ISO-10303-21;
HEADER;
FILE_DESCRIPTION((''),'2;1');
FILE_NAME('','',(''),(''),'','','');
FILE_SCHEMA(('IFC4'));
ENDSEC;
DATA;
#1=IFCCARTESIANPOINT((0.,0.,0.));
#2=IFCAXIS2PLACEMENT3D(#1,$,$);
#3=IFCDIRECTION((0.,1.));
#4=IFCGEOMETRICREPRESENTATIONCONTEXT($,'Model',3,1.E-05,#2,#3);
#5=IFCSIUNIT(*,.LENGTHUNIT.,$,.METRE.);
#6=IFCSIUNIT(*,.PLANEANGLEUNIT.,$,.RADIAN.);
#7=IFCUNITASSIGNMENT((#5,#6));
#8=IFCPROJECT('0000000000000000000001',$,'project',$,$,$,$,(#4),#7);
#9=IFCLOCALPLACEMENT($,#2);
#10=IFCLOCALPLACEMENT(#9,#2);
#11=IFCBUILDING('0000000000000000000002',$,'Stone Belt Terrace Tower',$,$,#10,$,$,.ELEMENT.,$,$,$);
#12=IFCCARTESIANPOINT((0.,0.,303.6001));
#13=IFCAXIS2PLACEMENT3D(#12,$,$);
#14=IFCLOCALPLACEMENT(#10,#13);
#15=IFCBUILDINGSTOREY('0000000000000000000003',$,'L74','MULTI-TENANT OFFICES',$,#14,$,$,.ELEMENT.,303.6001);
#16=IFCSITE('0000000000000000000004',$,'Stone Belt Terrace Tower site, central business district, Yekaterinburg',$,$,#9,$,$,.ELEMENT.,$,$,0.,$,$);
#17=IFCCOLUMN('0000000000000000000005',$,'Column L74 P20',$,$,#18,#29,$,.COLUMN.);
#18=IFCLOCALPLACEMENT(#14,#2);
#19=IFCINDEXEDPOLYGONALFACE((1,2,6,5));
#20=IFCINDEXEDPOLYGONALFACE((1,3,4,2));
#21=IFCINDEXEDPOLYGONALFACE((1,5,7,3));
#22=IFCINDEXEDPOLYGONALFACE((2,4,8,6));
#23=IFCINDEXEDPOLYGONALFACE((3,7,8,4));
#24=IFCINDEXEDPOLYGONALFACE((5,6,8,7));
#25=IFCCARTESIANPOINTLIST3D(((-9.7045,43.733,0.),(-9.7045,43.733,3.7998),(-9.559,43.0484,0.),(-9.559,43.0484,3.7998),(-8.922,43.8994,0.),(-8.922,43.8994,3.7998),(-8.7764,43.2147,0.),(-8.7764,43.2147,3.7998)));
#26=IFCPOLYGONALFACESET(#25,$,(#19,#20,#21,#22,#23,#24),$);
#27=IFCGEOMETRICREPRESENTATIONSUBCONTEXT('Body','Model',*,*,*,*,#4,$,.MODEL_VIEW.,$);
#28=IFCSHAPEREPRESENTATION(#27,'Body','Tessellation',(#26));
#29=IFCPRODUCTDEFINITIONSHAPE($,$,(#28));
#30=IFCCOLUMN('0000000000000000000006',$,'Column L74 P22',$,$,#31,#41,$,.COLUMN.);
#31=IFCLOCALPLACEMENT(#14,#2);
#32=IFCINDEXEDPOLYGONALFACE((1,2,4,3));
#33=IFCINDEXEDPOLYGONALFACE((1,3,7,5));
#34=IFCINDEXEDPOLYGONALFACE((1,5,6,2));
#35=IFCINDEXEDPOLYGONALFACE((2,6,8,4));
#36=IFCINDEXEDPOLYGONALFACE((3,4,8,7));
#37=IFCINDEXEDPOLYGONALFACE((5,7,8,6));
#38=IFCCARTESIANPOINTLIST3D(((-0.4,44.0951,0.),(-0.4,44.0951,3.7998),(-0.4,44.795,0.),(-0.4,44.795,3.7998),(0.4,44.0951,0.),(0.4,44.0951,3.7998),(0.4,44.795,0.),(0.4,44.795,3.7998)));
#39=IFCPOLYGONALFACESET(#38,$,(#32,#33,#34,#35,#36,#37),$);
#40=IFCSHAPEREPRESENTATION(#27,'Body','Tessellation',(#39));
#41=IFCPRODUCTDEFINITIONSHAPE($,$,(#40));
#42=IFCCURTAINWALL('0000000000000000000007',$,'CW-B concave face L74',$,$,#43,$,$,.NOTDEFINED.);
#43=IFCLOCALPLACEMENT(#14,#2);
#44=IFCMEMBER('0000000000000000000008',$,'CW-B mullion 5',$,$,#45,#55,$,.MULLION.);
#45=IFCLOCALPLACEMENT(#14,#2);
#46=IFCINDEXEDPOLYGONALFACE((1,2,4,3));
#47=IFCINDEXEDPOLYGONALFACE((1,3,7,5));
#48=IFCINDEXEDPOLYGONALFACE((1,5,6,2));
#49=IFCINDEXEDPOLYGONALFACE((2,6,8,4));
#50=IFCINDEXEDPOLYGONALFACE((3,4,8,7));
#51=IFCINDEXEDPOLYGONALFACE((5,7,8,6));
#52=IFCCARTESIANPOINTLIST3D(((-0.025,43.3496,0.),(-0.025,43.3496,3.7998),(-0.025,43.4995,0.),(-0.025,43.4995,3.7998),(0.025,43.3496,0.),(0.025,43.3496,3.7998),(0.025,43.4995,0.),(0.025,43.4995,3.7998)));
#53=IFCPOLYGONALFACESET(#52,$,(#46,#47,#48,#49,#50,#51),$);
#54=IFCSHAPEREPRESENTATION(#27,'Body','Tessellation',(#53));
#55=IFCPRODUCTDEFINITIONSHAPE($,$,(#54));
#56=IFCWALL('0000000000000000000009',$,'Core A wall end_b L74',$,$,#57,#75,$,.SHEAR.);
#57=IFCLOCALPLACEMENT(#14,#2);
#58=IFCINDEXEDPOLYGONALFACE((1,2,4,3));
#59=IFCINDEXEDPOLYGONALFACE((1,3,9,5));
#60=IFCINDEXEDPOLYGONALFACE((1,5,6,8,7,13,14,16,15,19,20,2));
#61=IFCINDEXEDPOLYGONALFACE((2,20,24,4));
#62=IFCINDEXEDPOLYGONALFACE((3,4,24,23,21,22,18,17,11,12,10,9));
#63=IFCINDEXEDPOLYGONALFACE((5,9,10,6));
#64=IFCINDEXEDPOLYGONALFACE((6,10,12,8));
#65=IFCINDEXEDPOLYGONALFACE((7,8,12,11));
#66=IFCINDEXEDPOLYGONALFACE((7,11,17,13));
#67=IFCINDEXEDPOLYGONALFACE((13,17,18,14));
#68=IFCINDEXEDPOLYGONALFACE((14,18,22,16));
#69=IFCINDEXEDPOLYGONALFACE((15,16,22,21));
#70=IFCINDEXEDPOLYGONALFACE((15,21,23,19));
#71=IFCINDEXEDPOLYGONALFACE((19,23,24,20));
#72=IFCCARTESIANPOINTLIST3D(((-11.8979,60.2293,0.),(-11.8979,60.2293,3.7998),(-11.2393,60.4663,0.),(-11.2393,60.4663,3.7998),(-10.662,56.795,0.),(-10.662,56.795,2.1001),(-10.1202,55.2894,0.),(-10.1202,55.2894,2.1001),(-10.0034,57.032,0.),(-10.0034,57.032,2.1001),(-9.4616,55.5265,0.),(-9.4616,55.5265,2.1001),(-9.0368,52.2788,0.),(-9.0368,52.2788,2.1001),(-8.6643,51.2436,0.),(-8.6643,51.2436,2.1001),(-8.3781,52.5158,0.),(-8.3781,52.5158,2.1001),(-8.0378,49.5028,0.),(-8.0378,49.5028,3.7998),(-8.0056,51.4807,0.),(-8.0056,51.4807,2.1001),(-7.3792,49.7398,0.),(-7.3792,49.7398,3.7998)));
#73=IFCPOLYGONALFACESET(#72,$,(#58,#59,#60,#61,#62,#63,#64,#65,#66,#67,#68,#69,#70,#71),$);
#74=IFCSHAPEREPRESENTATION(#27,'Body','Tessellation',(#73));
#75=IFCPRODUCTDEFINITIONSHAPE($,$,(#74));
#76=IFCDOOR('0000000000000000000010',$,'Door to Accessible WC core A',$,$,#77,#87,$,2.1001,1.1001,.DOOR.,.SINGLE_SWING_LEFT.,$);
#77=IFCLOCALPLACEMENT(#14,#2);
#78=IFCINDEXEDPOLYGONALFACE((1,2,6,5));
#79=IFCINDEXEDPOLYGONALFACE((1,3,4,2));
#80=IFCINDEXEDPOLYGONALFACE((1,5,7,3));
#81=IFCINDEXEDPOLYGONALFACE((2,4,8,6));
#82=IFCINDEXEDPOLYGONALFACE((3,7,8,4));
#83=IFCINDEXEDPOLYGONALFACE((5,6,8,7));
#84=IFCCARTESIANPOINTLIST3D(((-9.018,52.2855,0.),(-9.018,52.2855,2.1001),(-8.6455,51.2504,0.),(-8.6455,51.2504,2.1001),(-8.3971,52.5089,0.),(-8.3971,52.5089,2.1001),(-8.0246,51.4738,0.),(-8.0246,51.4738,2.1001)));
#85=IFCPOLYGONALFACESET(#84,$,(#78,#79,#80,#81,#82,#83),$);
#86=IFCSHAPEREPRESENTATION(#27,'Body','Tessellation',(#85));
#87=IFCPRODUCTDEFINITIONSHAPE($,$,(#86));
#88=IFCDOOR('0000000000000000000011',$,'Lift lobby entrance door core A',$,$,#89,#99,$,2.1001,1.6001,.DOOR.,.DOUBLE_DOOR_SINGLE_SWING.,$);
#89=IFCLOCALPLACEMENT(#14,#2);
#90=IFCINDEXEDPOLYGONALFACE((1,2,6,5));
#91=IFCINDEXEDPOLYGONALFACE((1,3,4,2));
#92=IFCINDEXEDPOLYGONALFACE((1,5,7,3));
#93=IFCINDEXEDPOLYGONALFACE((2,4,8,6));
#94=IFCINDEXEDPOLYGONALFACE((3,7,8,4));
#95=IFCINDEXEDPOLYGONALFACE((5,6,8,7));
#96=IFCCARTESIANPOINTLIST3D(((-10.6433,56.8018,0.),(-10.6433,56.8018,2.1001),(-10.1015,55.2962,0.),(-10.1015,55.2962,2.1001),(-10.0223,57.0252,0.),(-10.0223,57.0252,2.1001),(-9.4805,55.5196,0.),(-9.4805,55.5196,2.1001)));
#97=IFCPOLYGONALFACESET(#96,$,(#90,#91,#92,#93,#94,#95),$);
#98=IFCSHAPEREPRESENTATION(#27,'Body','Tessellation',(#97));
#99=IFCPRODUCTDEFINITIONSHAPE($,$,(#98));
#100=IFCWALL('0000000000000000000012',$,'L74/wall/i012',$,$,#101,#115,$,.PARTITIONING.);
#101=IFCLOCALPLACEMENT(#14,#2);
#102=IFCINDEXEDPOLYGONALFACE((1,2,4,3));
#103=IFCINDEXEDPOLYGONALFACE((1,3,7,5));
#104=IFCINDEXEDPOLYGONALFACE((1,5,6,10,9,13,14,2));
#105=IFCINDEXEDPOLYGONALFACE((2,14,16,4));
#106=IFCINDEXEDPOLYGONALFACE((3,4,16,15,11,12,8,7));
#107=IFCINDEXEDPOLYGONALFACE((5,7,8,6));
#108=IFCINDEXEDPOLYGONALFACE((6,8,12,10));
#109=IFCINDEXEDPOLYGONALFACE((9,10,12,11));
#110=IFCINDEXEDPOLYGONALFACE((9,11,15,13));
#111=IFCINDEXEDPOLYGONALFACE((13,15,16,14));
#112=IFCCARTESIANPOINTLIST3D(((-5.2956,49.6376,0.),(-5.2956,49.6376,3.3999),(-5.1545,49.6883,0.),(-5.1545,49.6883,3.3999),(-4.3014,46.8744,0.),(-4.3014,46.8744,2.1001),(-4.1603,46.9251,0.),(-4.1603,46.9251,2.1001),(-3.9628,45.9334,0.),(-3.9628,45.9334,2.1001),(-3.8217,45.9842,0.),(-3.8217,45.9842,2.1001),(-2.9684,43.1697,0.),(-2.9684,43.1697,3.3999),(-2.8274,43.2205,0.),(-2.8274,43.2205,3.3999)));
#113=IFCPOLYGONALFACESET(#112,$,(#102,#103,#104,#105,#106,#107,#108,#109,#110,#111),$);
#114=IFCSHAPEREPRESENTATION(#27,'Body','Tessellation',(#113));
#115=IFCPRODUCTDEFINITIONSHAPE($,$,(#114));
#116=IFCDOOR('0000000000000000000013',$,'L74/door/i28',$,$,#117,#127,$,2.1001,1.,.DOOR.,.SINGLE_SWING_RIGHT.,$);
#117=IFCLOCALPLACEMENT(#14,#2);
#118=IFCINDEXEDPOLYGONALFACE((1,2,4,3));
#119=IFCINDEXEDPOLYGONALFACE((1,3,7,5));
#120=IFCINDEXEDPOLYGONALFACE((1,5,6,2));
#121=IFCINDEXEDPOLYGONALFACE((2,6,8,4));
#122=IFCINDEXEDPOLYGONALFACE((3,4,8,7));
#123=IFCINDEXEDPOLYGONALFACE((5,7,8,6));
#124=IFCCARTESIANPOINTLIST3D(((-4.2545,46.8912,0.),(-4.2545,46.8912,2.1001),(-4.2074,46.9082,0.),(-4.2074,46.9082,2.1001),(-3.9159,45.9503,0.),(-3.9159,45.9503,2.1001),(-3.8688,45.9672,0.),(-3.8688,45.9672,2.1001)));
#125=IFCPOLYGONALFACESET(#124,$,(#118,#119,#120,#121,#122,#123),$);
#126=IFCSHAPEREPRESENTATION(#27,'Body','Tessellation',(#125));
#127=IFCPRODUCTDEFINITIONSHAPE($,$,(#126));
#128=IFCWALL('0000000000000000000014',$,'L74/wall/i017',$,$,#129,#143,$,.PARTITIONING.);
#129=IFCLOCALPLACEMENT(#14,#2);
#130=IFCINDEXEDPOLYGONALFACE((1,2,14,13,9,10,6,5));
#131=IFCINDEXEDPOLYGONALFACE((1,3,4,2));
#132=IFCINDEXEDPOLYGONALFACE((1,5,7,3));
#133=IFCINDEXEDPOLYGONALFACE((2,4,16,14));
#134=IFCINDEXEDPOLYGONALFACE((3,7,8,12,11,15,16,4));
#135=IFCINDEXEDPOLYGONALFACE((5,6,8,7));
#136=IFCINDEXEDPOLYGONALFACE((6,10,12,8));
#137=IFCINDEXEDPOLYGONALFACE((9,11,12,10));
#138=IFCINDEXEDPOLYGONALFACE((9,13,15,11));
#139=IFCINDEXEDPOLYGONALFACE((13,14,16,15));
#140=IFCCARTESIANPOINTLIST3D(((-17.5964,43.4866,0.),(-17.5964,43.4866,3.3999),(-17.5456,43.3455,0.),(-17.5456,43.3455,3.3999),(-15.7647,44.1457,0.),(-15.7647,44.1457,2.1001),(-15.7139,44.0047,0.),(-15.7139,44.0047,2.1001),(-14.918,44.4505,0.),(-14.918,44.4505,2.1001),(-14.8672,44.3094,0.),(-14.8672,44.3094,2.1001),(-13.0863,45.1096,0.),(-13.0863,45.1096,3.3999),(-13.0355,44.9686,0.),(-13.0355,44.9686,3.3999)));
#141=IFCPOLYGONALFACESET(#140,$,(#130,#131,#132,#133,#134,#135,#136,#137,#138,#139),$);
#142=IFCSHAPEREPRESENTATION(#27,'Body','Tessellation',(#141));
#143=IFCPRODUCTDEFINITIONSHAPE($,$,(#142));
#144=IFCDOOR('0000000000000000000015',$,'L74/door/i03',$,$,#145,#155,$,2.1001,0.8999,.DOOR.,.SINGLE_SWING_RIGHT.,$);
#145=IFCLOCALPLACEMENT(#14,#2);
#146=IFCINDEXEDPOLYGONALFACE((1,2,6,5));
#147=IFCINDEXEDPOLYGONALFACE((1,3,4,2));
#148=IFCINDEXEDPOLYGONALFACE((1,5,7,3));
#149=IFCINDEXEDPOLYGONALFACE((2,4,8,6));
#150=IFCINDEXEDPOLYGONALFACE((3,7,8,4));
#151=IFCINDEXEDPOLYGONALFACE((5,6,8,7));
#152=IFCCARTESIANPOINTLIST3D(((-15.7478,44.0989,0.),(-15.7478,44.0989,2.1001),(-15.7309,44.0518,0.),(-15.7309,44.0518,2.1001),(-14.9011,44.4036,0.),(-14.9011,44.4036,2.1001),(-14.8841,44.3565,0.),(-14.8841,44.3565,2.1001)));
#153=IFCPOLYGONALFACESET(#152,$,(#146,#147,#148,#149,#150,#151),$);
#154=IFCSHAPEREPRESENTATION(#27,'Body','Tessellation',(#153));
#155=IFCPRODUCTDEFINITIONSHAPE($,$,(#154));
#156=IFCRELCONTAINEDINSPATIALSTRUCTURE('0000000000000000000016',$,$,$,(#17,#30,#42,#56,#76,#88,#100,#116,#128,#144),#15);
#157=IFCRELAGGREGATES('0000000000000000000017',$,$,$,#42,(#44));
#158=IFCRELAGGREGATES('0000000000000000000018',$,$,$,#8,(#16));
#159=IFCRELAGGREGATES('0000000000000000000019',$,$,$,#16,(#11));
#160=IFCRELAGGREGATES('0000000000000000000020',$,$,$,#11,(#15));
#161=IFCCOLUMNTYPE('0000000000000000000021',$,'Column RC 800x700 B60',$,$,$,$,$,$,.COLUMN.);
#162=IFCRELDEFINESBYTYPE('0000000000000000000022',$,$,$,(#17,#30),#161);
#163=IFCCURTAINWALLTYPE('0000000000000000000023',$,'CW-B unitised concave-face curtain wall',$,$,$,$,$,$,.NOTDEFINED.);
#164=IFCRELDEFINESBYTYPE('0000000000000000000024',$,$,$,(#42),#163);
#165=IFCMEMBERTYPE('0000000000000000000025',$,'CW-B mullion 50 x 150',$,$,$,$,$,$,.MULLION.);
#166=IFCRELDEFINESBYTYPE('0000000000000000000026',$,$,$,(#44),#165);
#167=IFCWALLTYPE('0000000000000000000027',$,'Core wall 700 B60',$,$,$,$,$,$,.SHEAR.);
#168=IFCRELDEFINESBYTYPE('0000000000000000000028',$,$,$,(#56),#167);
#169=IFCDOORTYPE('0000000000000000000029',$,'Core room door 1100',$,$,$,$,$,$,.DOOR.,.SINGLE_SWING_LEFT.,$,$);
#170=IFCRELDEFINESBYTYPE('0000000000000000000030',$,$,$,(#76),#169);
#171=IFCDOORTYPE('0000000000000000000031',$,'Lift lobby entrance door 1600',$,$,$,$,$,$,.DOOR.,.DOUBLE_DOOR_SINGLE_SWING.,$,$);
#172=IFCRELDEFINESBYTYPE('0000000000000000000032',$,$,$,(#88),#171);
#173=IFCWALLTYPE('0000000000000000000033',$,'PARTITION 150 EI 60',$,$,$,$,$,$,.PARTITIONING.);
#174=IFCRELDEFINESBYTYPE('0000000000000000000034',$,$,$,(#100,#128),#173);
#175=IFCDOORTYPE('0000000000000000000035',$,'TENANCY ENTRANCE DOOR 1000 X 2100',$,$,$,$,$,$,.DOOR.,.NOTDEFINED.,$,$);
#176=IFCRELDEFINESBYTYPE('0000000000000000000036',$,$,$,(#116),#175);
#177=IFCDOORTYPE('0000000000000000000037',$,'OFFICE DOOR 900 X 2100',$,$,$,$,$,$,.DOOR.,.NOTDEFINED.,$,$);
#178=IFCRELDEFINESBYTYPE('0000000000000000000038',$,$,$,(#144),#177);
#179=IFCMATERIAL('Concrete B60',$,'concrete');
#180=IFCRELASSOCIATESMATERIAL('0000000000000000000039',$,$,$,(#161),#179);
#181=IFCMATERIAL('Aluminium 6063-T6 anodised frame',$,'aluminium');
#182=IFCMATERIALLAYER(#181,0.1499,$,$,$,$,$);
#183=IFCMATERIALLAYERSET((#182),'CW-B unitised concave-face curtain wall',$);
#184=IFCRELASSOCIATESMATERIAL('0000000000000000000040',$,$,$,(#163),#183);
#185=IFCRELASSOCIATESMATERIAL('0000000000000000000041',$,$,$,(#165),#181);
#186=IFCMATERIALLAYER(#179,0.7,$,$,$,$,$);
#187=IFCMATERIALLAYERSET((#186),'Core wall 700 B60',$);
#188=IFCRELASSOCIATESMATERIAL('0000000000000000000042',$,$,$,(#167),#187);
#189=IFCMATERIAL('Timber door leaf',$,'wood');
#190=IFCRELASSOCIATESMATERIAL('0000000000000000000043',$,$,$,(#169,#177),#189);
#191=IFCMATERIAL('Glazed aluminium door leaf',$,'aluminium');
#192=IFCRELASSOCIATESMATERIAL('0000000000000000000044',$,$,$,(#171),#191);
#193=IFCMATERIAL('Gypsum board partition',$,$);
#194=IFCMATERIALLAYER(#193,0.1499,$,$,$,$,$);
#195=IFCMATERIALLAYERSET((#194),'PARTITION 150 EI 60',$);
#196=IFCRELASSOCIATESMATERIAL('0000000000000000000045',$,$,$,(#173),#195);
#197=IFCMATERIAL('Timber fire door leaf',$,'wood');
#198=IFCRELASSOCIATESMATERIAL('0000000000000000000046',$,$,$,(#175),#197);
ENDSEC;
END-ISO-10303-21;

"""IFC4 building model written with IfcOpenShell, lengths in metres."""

from ifc_helpers import new_model, si_unit, direction, frame, frame_2d, origin, origin_2d, place, context, subcontext, project, spatial, rectangle, extrude, material, layer, layer_set, material_profile, profile_set, type_object, element, fill, aggregate, save


model = new_model("IFC4")

# Units and contexts
model_context = context("Model", 3, precision=1e-05, world=origin(), true_north=direction((0.0, 1.0)))
body_context = subcontext(model_context, "Body", "Model", "MODEL_VIEW")
ifc_project = project(units=[si_unit("LENGTHUNIT", "METRE"), si_unit("PLANEANGLEUNIT", "RADIAN")], contexts=[model_context])

# Site, building, storey
site_placement = place(None, origin())
site = spatial("IfcSite", under=ifc_project, at=site_placement, Name="Stone Belt Terrace Tower site, central business district, Yekaterinburg", CompositionType="ELEMENT", RefElevation=0.0)
building_placement = place(site_placement, origin())
building = spatial("IfcBuilding", under=site, at=building_placement, Name="Stone Belt Terrace Tower", CompositionType="ELEMENT")
storey_placement = place(building_placement, frame((0.0, 0.0, 303.6001)))
storey = spatial("IfcBuildingStorey", under=building, at=storey_placement, Name="L74", Description="MULTI-TENANT OFFICES", CompositionType="ELEMENT", Elevation=303.6001)

# Columns
ifc_material_1 = material(Name="Concrete B60", Category="concrete")
ifc_material_profile_1 = material_profile(ifc_material_1, rectangle(XDim=0.8, YDim=0.7, at=origin_2d()), Name="RC 800x700")
ifc_profile_set_1 = profile_set([ifc_material_profile_1], Name="Concrete B60")
column_type = type_object("IfcColumnType", Name="Column RC 800x700 B60", PredefinedType="COLUMN", material=ifc_profile_set_1)
for number, where, z_axis, x_axis, name in (
    (1, (-9.2405, 43.4739, 0.0), (0.0, 0.0, 1.0), (0.978148, 0.207912, 0.0), "Column L74 P20"),
    (2, (0.0, 44.4451, 0.0), (0.0, 0.0, 1.0), (1.0, 0.0, 0.0), "Column L74 P22"),
):
    element("IfcColumn", number, at=place(storey_placement, frame(where, z_axis=z_axis, x_axis=x_axis)), inside=storey, type_object=column_type, Name=name, PredefinedType="COLUMN", context=body_context, shape_type="SweptSolid", body=[
        extrude(rectangle(XDim=0.8, YDim=0.7, at=origin_2d()), origin(), (0.0, 0.0, 1.0), 3.7998),
    ])

# Curtain wall, member
ifc_material_2 = material(Name="Aluminium 6063-T6 anodised frame", Category="aluminium")
ifc_layer_1 = layer(ifc_material_2, 0.1499)
ifc_layer_set_1 = layer_set([ifc_layer_1], Name="CW-B unitised concave-face curtain wall")
curtain_wall_type = type_object("IfcCurtainWallType", Name="CW-B unitised concave-face curtain wall", PredefinedType="NOTDEFINED", material=ifc_layer_set_1)
curtain_wall_placement = place(storey_placement, origin())
curtain_wall = element("IfcCurtainWall", 3, at=curtain_wall_placement, inside=storey, type_object=curtain_wall_type, Name="CW-B concave face L74", PredefinedType="NOTDEFINED")
ifc_material_profile_2 = material_profile(ifc_material_2, rectangle(XDim=0.1499, YDim=0.05, at=origin_2d()), Name="Aluminium 6063-T6 50x150")
ifc_profile_set_2 = profile_set([ifc_material_profile_2], Name="Aluminium 6063-T6 anodised frame")
member_type = type_object("IfcMemberType", Name="CW-B mullion 50 x 150", PredefinedType="MULLION", material=ifc_profile_set_2)
member_placement = place(storey_placement, frame((0.0, 43.4246, 0.0), z_axis=(0.0, 0.0, 1.0), x_axis=(0.0, 1.0, 0.0)))
member = element("IfcMember", 4, at=member_placement, type_object=member_type, Name="CW-B mullion 5", PredefinedType="MULLION", context=body_context, shape_type="SweptSolid", body=[
    extrude(rectangle(XDim=0.1499, YDim=0.05, at=origin_2d()), origin(), (0.0, 0.0, 1.0), 3.7998),
])
aggregate(curtain_wall, [member])

# Wall, openings, doors
ifc_layer_2 = layer(ifc_material_1, 0.7)
ifc_layer_set_2 = layer_set([ifc_layer_2], Name="Core wall 700 B60")
wall_type_1 = type_object("IfcWallType", Name="Core wall 700 B60", PredefinedType="SHEAR", material=ifc_layer_set_2)
wall_1_placement = place(storey_placement, frame((-7.7085, 49.6213, 0.0), z_axis=(0.0, 0.0, 1.0), x_axis=(-0.338606, 0.940928, 0.0)))
wall_1 = element("IfcWall", 5, at=wall_1_placement, inside=storey, type_object=wall_type_1, Name="Core A wall end_b L74", PredefinedType="SHEAR", context=body_context, shape_type="SweptSolid", body=[
    extrude(rectangle(XDim=11.3999, YDim=0.7, at=frame_2d((5.7, 0.0))), origin(), (0.0, 0.0, 1.0), 3.7998),
])
opening_1_placement = place(wall_1_placement, frame((6.1499, 0.0, 0.0)))
opening_1 = element("IfcOpeningElement", 6, at=opening_1_placement, cuts=wall_1, PredefinedType="OPENING", context=body_context, shape_type="SweptSolid", body=[
    extrude(rectangle(XDim=1.6001, YDim=2.1001, at=frame_2d((0.8, 1.05))), frame((0.0, 0.3599, 0.0), z_axis=(0.0, -1.0, 0.0), x_axis=(1.0, 0.0, 0.0)), (0.0, 0.0, 1.0), 0.72),
])
opening_2_placement = place(wall_1_placement, frame((1.8501, 0.0, 0.0)))
opening_2 = element("IfcOpeningElement", 7, at=opening_2_placement, cuts=wall_1, PredefinedType="OPENING", context=body_context, shape_type="SweptSolid", body=[
    extrude(rectangle(XDim=1.1001, YDim=2.1001, at=frame_2d((0.55, 1.05))), frame((0.0, 0.3599, 0.0), z_axis=(0.0, -1.0, 0.0), x_axis=(1.0, 0.0, 0.0)), (0.0, 0.0, 1.0), 0.72),
])
ifc_material_3 = material(Name="Timber door leaf", Category="wood")
door_type_1 = type_object("IfcDoorType", Name="Core room door 1100", OperationType="SINGLE_SWING_LEFT", PredefinedType="DOOR", material=ifc_material_3)
door_1_placement = place(opening_2_placement, origin())
door_1 = element("IfcDoor", 8, at=door_1_placement, inside=storey, type_object=door_type_1, Name="Door to Accessible WC core A", OperationType="SINGLE_SWING_LEFT", OverallHeight=2.1001, OverallWidth=1.1001, PredefinedType="DOOR", context=body_context, shape_type="SweptSolid", body=[
    extrude(rectangle(XDim=1.1001, YDim=2.1001, at=frame_2d((0.55, 1.05))), frame((0.0, 0.3301, 0.0), z_axis=(0.0, -1.0, 0.0), x_axis=(1.0, 0.0, 0.0)), (0.0, 0.0, 1.0), 0.6599),
])
fill(opening_2, door_1)
ifc_material_4 = material(Name="Glazed aluminium door leaf", Category="aluminium")
door_type_2 = type_object("IfcDoorType", Name="Lift lobby entrance door 1600", OperationType="DOUBLE_DOOR_SINGLE_SWING", PredefinedType="DOOR", material=ifc_material_4)
door_2_placement = place(opening_1_placement, origin())
door_2 = element("IfcDoor", 9, at=door_2_placement, inside=storey, type_object=door_type_2, Name="Lift lobby entrance door core A", OperationType="DOUBLE_DOOR_SINGLE_SWING", OverallHeight=2.1001, OverallWidth=1.6001, PredefinedType="DOOR", context=body_context, shape_type="SweptSolid", body=[
    extrude(rectangle(XDim=1.6001, YDim=2.1001, at=frame_2d((0.8, 1.05))), frame((0.0, 0.3301, 0.0), z_axis=(0.0, -1.0, 0.0), x_axis=(1.0, 0.0, 0.0)), (0.0, 0.0, 1.0), 0.6599),
])
fill(opening_1, door_2)

# Walls, openings, doors
ifc_material_5 = material(Name="Gypsum board partition")
ifc_layer_3 = layer(ifc_material_5, 0.1499)
ifc_layer_set_3 = layer_set([ifc_layer_3], Name="PARTITION 150 EI 60")
wall_type_2 = type_object("IfcWallType", Name="PARTITION 150 EI 60", PredefinedType="PARTITIONING", material=ifc_layer_set_3)
wall_2_placement = place(storey_placement, frame((-5.2251, 49.6631, 0.0), z_axis=(0.0, 0.0, 1.0), x_axis=(0.338558, -0.940945, 0.0)))
wall_2 = element("IfcWall", 10, at=wall_2_placement, inside=storey, type_object=wall_type_2, Name="L74/wall/i012", PredefinedType="PARTITIONING", context=body_context, shape_type="SweptSolid", body=[
    extrude(rectangle(XDim=6.8738, YDim=0.1499, at=frame_2d((3.437, 0.0))), origin(), (0.0, 0.0, 1.0), 3.3999),
])
opening_3_placement = place(wall_2_placement, frame((2.9368, 0.0, 0.0)))
opening_3 = element("IfcOpeningElement", 11, at=opening_3_placement, cuts=wall_2, PredefinedType="OPENING", context=body_context, shape_type="SweptSolid", body=[
    extrude(rectangle(XDim=1.0, YDim=2.1001, at=frame_2d((0.5, 1.05))), frame((0.0, 0.085, 0.0), z_axis=(0.0, -1.0, 0.0), x_axis=(1.0, 0.0, 0.0)), (0.0, 0.0, 1.0), 0.1699),
])
ifc_material_6 = material(Name="Timber fire door leaf", Category="wood")
door_type_3 = type_object("IfcDoorType", Name="TENANCY ENTRANCE DOOR 1000 X 2100", OperationType="NOTDEFINED", PredefinedType="DOOR", material=ifc_material_6)
door_3_placement = place(opening_3_placement, origin())
door_3 = element("IfcDoor", 12, at=door_3_placement, inside=storey, type_object=door_type_3, Name="L74/door/i28", OperationType="SINGLE_SWING_RIGHT", OverallHeight=2.1001, OverallWidth=1.0, PredefinedType="DOOR", context=body_context, shape_type="SweptSolid", body=[
    extrude(rectangle(XDim=1.0, YDim=2.1001, at=frame_2d((0.5, 1.05))), frame((0.0, 0.0249, 0.0), z_axis=(0.0, -1.0, 0.0), x_axis=(1.0, 0.0, 0.0)), (0.0, 0.0, 1.0), 0.05),
])
fill(opening_3, door_3)
wall_3_placement = place(storey_placement, frame((-13.061, 45.0391, 0.0), z_axis=(0.0, 0.0, 1.0), x_axis=(-0.940924, -0.338617, 0.0)))
wall_3 = element("IfcWall", 13, at=wall_3_placement, inside=storey, type_object=wall_type_2, Name="L74/wall/i017", PredefinedType="PARTITIONING", context=body_context, shape_type="SweptSolid", body=[
    extrude(rectangle(XDim=4.7932, YDim=0.1499, at=frame_2d((2.3965, 0.0))), origin(), (0.0, 0.0, 1.0), 3.3999),
])
opening_4_placement = place(wall_3_placement, frame((1.9465, 0.0, 0.0)))
opening_4 = element("IfcOpeningElement", 14, at=opening_4_placement, cuts=wall_3, PredefinedType="OPENING", context=body_context, shape_type="SweptSolid", body=[
    extrude(rectangle(XDim=0.8999, YDim=2.1001, at=frame_2d((0.45, 1.05))), frame((0.0, 0.085, 0.0), z_axis=(0.0, -1.0, 0.0), x_axis=(1.0, 0.0, 0.0)), (0.0, 0.0, 1.0), 0.1699),
])
door_type_4 = type_object("IfcDoorType", Name="OFFICE DOOR 900 X 2100", OperationType="NOTDEFINED", PredefinedType="DOOR", material=ifc_material_3)
door_4_placement = place(opening_4_placement, origin())
door_4 = element("IfcDoor", 15, at=door_4_placement, inside=storey, type_object=door_type_4, Name="L74/door/i03", OperationType="SINGLE_SWING_RIGHT", OverallHeight=2.1001, OverallWidth=0.8999, PredefinedType="DOOR", context=body_context, shape_type="SweptSolid", body=[
    extrude(rectangle(XDim=0.8999, YDim=2.1001, at=frame_2d((0.45, 1.05))), frame((0.0, 0.0249, 0.0), z_axis=(0.0, -1.0, 0.0), x_axis=(1.0, 0.0, 0.0)), (0.0, 0.0, 1.0), 0.05),
])
fill(opening_4, door_4)

save(model, "model.ifc")
